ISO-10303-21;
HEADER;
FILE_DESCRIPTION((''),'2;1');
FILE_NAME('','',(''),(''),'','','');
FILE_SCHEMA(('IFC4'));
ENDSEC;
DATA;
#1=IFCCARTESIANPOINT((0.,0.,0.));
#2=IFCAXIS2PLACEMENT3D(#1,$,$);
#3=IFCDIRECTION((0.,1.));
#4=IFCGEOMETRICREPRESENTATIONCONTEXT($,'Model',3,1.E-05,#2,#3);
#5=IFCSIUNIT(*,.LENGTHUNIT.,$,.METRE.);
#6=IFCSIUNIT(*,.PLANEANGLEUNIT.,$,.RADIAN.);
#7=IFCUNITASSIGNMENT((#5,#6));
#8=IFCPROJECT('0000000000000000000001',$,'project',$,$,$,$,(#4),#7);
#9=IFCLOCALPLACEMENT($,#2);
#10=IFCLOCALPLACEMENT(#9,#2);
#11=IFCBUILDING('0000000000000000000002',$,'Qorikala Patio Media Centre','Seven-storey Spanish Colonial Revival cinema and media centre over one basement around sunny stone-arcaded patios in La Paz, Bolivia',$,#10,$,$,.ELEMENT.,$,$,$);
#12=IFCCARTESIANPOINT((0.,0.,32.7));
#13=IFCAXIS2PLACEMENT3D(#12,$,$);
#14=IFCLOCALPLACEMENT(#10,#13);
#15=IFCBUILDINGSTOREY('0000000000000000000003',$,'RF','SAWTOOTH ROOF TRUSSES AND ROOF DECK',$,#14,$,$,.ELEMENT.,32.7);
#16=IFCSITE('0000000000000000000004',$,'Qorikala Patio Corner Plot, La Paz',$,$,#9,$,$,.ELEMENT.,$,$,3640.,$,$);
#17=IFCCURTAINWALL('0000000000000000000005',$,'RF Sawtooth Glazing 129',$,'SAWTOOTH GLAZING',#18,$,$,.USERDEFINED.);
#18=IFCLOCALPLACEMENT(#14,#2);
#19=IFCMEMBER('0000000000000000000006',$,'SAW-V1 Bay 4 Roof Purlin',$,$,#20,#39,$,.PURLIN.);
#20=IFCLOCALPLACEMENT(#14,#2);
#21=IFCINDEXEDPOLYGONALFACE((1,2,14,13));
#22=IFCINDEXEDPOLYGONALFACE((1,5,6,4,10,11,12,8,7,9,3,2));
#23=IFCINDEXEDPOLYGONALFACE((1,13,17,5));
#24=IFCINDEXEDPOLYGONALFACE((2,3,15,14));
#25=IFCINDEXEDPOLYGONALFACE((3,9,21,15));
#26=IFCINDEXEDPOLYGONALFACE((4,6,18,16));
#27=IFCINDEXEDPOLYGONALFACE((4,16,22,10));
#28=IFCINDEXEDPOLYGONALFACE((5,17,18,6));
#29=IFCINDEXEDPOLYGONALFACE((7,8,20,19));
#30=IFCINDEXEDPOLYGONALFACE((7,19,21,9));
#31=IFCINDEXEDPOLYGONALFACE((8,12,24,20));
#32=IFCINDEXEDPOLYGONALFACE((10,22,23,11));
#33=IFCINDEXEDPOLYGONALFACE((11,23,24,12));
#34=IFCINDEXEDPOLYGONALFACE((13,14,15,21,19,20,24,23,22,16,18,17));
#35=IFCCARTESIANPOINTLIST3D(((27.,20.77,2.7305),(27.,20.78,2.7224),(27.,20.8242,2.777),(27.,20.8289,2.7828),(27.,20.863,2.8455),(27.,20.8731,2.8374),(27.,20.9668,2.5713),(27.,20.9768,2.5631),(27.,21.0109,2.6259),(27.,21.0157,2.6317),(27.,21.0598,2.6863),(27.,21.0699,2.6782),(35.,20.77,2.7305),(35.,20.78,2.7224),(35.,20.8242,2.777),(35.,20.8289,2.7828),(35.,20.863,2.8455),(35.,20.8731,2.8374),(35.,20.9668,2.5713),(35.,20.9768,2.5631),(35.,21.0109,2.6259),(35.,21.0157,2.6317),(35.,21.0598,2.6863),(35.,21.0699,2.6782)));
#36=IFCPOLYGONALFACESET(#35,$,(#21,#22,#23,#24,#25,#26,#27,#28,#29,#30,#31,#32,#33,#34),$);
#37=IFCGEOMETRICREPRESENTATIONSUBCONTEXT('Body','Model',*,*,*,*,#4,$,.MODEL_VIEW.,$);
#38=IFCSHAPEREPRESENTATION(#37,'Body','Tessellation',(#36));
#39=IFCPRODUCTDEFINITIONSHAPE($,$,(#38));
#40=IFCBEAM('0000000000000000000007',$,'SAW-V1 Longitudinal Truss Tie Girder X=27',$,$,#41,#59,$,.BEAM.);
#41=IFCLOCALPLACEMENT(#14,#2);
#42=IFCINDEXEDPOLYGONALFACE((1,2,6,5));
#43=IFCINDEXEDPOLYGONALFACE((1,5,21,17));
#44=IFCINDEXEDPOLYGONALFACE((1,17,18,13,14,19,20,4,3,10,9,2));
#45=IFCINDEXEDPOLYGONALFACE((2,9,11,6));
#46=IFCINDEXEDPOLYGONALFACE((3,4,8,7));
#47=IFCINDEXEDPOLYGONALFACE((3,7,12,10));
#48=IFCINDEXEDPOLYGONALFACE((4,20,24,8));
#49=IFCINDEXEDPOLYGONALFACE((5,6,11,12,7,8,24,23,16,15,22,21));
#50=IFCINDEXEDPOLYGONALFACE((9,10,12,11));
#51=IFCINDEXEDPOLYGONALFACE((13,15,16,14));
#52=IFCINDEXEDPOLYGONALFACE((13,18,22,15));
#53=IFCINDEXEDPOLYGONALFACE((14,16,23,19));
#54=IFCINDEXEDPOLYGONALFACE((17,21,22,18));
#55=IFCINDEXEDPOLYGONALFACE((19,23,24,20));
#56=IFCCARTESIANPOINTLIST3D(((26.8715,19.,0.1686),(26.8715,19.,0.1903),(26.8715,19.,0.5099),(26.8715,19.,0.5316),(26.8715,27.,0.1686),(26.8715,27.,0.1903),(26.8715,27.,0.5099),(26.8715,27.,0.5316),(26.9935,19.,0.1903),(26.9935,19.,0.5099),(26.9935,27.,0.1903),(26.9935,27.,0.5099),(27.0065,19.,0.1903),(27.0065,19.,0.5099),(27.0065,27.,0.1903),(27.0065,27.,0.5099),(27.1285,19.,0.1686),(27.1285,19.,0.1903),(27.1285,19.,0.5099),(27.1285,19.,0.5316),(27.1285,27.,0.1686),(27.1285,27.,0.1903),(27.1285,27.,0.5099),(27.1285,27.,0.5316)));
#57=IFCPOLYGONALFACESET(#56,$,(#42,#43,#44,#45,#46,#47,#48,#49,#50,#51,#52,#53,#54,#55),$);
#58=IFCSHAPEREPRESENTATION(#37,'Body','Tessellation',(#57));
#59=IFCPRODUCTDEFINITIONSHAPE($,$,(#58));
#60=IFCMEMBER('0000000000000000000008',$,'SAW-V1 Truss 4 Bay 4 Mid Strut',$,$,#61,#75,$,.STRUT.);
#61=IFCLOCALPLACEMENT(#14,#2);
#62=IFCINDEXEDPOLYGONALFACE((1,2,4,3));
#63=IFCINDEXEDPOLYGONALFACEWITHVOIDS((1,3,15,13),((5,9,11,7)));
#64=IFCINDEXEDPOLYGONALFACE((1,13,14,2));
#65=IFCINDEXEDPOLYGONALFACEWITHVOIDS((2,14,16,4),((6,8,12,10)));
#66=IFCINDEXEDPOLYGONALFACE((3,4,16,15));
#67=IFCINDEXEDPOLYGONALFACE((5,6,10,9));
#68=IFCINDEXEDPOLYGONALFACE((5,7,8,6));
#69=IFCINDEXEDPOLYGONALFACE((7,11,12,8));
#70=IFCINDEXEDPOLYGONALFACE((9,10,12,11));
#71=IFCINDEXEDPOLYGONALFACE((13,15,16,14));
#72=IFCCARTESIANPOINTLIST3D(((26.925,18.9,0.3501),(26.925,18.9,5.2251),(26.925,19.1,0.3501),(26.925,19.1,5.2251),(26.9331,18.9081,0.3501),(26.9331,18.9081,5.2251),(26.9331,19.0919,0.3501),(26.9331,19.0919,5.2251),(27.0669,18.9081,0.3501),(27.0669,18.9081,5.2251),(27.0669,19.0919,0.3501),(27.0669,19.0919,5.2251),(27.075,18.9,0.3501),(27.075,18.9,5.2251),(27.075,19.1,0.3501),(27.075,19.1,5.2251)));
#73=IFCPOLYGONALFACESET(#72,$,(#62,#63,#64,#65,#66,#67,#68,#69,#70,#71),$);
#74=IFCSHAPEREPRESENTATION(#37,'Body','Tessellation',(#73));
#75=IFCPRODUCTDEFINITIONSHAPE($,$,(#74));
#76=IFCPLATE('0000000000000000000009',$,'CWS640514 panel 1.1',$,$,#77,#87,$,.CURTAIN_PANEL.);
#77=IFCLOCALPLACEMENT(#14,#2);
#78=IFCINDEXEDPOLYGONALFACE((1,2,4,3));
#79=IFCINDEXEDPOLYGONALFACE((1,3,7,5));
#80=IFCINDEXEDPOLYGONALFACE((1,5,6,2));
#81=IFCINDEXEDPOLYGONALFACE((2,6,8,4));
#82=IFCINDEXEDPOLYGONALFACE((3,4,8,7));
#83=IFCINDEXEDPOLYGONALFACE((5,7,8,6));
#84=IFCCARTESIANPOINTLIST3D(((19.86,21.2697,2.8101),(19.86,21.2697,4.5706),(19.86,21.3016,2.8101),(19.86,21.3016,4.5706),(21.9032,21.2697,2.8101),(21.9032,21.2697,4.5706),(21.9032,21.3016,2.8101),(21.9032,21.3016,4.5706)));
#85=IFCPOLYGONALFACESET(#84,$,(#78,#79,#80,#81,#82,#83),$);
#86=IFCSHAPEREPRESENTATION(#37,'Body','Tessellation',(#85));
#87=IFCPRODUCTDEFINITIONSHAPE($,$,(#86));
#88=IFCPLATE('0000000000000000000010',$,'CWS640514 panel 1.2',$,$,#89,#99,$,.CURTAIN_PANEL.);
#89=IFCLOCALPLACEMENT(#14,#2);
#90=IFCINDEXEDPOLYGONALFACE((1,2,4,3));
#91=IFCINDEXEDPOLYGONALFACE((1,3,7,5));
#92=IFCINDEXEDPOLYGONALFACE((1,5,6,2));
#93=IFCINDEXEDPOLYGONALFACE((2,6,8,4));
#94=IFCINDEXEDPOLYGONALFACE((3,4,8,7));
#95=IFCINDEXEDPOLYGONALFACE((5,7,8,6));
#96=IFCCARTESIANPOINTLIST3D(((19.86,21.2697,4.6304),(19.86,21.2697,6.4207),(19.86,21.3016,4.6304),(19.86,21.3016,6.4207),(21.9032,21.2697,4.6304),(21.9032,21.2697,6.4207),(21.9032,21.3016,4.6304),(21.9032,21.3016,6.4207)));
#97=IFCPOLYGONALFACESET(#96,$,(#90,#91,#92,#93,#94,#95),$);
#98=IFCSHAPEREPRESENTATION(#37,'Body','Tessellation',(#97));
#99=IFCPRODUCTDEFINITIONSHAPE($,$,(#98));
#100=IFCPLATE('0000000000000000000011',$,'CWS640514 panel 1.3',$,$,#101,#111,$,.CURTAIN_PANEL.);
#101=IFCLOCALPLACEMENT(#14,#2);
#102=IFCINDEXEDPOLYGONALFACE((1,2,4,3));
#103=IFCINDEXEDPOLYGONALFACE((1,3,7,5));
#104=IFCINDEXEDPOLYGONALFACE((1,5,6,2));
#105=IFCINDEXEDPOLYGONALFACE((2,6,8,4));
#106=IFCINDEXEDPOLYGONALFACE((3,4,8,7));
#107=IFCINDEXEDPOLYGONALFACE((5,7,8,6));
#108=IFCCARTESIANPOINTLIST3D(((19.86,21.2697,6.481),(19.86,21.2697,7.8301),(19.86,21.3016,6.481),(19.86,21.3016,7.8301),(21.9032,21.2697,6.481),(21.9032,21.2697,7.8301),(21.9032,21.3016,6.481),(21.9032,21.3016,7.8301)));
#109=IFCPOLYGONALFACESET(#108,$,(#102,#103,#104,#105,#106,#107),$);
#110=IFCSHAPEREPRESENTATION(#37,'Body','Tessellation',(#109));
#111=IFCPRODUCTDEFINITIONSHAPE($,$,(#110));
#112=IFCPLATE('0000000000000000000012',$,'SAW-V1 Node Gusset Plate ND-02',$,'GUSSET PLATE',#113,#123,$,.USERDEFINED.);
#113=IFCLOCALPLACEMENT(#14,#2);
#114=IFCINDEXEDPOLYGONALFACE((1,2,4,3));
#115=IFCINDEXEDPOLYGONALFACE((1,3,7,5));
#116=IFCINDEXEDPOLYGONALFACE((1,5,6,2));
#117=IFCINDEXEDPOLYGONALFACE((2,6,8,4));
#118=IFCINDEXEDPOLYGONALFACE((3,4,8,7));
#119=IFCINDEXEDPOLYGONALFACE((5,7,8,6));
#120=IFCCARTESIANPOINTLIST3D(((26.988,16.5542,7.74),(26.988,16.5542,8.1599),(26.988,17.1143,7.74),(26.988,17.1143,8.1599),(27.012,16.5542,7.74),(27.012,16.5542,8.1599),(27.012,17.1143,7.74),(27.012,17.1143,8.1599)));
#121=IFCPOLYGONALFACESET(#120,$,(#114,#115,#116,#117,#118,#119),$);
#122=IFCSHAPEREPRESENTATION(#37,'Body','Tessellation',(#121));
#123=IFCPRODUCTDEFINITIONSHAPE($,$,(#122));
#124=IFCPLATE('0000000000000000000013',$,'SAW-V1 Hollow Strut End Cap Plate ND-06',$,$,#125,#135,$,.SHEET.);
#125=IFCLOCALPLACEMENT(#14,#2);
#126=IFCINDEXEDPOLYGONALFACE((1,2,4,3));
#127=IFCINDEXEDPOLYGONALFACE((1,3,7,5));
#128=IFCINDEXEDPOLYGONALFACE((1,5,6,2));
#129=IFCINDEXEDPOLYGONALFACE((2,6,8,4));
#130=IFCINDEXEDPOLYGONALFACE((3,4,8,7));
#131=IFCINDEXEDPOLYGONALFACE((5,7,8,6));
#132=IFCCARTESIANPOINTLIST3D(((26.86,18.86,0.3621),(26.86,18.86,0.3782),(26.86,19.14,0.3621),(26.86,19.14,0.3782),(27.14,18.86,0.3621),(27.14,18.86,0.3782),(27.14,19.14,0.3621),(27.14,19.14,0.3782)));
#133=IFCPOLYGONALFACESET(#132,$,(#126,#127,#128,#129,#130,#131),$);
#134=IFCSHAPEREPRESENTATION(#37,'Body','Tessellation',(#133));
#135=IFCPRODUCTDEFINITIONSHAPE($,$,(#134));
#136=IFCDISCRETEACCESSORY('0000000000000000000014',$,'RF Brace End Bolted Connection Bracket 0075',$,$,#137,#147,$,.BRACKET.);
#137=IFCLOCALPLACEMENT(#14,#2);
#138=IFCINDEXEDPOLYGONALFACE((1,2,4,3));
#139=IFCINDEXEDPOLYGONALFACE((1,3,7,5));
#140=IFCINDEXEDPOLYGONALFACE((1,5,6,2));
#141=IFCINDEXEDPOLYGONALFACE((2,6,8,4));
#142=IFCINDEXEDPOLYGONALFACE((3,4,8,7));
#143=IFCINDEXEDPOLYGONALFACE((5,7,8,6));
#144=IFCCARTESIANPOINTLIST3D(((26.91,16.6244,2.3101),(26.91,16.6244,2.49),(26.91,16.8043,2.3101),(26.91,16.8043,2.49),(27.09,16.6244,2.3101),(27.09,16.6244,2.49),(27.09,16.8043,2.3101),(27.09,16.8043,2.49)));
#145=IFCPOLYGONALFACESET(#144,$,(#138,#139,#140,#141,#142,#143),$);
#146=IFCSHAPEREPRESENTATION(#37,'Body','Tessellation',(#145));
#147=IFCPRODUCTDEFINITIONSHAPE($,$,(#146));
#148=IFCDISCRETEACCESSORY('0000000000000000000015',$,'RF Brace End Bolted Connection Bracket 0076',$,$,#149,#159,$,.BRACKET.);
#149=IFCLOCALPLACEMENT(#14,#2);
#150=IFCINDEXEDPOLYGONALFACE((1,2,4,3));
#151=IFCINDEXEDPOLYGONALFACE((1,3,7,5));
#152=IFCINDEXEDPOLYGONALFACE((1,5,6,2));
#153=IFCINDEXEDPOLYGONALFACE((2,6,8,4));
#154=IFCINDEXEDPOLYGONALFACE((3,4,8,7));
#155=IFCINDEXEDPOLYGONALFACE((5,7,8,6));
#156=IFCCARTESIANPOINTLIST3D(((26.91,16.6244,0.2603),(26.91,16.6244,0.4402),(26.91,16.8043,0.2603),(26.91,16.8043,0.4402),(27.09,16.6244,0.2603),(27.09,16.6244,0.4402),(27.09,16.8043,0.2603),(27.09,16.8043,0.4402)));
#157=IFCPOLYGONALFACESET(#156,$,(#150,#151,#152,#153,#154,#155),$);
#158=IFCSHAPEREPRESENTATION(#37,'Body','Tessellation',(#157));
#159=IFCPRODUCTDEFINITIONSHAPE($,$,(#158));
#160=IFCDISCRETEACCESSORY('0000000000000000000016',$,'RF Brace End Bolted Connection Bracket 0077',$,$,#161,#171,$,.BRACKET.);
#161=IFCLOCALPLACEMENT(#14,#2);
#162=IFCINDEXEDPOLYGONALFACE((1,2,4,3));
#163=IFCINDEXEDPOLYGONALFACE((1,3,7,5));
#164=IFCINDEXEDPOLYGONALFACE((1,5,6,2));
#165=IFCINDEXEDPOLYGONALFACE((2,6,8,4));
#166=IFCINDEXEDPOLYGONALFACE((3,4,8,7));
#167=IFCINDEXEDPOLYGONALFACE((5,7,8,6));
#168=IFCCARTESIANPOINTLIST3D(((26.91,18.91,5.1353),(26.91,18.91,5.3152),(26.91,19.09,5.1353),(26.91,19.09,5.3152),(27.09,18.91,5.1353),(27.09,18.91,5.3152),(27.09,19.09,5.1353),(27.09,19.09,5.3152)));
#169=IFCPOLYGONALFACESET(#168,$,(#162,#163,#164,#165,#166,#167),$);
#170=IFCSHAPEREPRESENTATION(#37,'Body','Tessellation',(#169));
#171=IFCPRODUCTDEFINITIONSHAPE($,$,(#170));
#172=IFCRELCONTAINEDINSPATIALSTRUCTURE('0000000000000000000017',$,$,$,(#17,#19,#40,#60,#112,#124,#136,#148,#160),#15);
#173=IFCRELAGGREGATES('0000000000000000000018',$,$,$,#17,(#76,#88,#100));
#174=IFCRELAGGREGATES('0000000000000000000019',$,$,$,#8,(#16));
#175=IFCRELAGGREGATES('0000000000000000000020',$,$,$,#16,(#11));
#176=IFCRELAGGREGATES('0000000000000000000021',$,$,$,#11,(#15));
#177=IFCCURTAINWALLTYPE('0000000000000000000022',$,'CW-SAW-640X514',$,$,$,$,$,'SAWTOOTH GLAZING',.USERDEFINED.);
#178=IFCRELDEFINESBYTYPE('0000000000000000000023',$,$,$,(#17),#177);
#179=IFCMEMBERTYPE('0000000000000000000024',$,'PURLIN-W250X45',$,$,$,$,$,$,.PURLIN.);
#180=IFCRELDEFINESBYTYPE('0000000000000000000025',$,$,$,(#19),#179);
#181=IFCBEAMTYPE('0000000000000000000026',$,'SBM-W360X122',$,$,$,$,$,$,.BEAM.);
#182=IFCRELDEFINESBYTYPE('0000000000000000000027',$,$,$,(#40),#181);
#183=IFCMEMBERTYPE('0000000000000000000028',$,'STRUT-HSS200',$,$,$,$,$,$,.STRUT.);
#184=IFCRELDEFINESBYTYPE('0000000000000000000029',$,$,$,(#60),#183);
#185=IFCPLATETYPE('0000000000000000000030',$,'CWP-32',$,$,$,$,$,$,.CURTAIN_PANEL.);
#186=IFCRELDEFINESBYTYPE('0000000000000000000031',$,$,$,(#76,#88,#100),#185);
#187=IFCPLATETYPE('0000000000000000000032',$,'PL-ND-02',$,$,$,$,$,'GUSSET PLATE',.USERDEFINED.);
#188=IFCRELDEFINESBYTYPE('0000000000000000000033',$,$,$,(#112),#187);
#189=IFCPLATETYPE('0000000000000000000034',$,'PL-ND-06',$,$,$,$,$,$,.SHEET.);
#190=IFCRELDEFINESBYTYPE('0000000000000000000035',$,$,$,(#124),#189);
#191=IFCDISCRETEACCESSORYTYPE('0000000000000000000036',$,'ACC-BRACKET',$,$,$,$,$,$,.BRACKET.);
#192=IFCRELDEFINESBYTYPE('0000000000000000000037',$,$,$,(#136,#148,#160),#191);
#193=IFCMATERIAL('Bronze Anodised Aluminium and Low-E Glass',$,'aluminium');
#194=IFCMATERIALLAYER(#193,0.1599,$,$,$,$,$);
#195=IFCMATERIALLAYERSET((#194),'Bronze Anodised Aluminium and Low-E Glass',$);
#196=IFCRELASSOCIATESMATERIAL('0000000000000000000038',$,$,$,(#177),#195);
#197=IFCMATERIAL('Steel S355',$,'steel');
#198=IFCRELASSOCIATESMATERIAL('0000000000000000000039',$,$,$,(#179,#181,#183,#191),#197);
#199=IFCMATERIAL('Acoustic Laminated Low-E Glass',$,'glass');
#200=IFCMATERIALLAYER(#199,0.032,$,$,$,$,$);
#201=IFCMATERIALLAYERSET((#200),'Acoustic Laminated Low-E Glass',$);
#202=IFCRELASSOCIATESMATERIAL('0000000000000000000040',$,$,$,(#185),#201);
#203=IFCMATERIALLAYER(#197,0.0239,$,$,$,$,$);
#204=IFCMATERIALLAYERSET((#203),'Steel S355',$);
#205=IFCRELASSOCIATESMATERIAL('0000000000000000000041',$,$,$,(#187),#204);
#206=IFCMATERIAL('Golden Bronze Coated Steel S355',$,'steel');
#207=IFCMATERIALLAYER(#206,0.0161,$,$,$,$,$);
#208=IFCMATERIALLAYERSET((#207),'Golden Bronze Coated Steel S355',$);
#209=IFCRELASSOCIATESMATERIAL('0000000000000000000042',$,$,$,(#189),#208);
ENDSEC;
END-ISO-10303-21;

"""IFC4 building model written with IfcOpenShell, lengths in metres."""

from ifc_helpers import new_model, si_unit, direction, frame, origin, origin_2d, place, context, subcontext, project, spatial, rectangle, hollow_rectangle, i_section, extrude, material, layer, layer_set, material_profile, profile_set, type_object, element, aggregate, save


model = new_model("IFC4")

# Units and contexts
model_context = context("Model", 3, precision=1e-05, world=origin(), true_north=direction((0.0, 1.0)))
body_context = subcontext(model_context, "Body", "Model", "MODEL_VIEW")
ifc_project = project(units=[si_unit("LENGTHUNIT", "METRE"), si_unit("PLANEANGLEUNIT", "RADIAN")], contexts=[model_context])

# Site, building, storey
site_placement = place(None, origin())
site = spatial("IfcSite", under=ifc_project, at=site_placement, Name="Qorikala Patio Corner Plot, La Paz", CompositionType="ELEMENT", RefElevation=3640.0)
building_placement = place(site_placement, origin())
building = spatial("IfcBuilding", under=site, at=building_placement, Name="Qorikala Patio Media Centre", Description="Seven-storey Spanish Colonial Revival cinema and media centre over one basement around sunny stone-arcaded patios in La Paz, Bolivia", CompositionType="ELEMENT")
storey_placement = place(building_placement, frame((0.0, 0.0, 32.7)))
storey = spatial("IfcBuildingStorey", under=building, at=storey_placement, Name="RF", Description="SAWTOOTH ROOF TRUSSES AND ROOF DECK", CompositionType="ELEMENT", Elevation=32.7)

# Shared definitions
ifc_material_1 = material(Name="Steel S355", Category="steel")

# Curtain wall
ifc_material_2 = material(Name="Bronze Anodised Aluminium and Low-E Glass", Category="aluminium")
ifc_layer_1 = layer(ifc_material_2, 0.1599)
ifc_layer_set_1 = layer_set([ifc_layer_1], Name="Bronze Anodised Aluminium and Low-E Glass")
curtain_wall_type = type_object("IfcCurtainWallType", Name="CW-SAW-640X514", ElementType="SAWTOOTH GLAZING", PredefinedType="USERDEFINED", material=ifc_layer_set_1)
curtain_wall_placement = place(storey_placement, origin())
curtain_wall = element("IfcCurtainWall", 1, at=curtain_wall_placement, inside=storey, type_object=curtain_wall_type, Name="RF Sawtooth Glazing 129", ObjectType="SAWTOOTH GLAZING", PredefinedType="USERDEFINED")

# Member
ifc_material_profile_1 = material_profile(ifc_material_1, i_section(OverallWidth=0.1479, OverallDepth=0.2661, WebThickness=0.0076, FlangeThickness=0.0129, at=origin_2d()), Name="W250X45")
ifc_profile_set_1 = profile_set([ifc_material_profile_1], Name="Steel S355")
member_type_1 = type_object("IfcMemberType", Name="PURLIN-W250X45", PredefinedType="PURLIN", material=ifc_profile_set_1)
for number, where, z_axis, x_axis, name in (
    (2, (27.0, 20.9199, 2.7043), (1.0, 0.0, 0.0), (0.0, 0.628995, 0.77741), "SAW-V1 Bay 4 Roof Purlin"),
):
    element("IfcMember", number, at=place(storey_placement, frame(where, z_axis=z_axis, x_axis=x_axis)), inside=storey, type_object=member_type_1, Name=name, PredefinedType="PURLIN", context=body_context, shape_type="SweptSolid", body=[
        extrude(i_section(OverallWidth=0.1479, OverallDepth=0.2661, WebThickness=0.0076, FlangeThickness=0.0129, at=origin_2d()), origin(), (0.0, 0.0, 1.0), 8.0),
    ])

# Beam
ifc_material_profile_2 = material_profile(ifc_material_1, i_section(OverallWidth=0.2571, OverallDepth=0.363, WebThickness=0.0129, FlangeThickness=0.0217, at=origin_2d()), Name="W360X122")
ifc_profile_set_2 = profile_set([ifc_material_profile_2], Name="Steel S355")
beam_type = type_object("IfcBeamType", Name="SBM-W360X122", PredefinedType="BEAM", material=ifc_profile_set_2)
beam_placement = place(storey_placement, frame((27.0, 19.0, 0.3501), z_axis=(0.0, 1.0, 0.0), x_axis=(-1.0, 0.0, 0.0)))
element("IfcBeam", 3, at=beam_placement, inside=storey, type_object=beam_type, Name="SAW-V1 Longitudinal Truss Tie Girder X=27", PredefinedType="BEAM", context=body_context, shape_type="SweptSolid", body=[
    extrude(i_section(OverallWidth=0.2571, OverallDepth=0.363, WebThickness=0.0129, FlangeThickness=0.0217, at=origin_2d()), origin(), (0.0, 0.0, 1.0), 8.0),
])

# Member
ifc_material_profile_3 = material_profile(ifc_material_1, hollow_rectangle(XDim=0.1499, YDim=0.2, WallThickness=0.0081, at=origin_2d()), Name="HSS200X150X8")
ifc_profile_set_3 = profile_set([ifc_material_profile_3], Name="Steel S355")
member_type_2 = type_object("IfcMemberType", Name="STRUT-HSS200", PredefinedType="STRUT", material=ifc_profile_set_3)
member_1_placement = place(storey_placement, frame((27.0, 19.0, 0.3501), z_axis=(0.0, 0.0, 1.0), x_axis=(1.0, 0.0, 0.0)))
element("IfcMember", 4, at=member_1_placement, inside=storey, type_object=member_type_2, Name="SAW-V1 Truss 4 Bay 4 Mid Strut", PredefinedType="STRUT", context=body_context, shape_type="SweptSolid", body=[
    extrude(hollow_rectangle(XDim=0.1499, YDim=0.2, WallThickness=0.0081, at=origin_2d()), origin(), (0.0, 0.0, 1.0), 4.875),
])

# Plates
ifc_material_3 = material(Name="Acoustic Laminated Low-E Glass", Category="glass")
ifc_layer_2 = layer(ifc_material_3, 0.032)
ifc_layer_set_2 = layer_set([ifc_layer_2], Name="Acoustic Laminated Low-E Glass")
plate_type_1 = type_object("IfcPlateType", Name="CWP-32", PredefinedType="CURTAIN_PANEL", material=ifc_layer_set_2)
plate_1_placement = place(storey_placement, frame((20.8816, 21.2856, 2.8101), z_axis=(0.0, 0.0, 1.0), x_axis=(1.0, 0.0, 0.0)))
plate_1 = element("IfcPlate", 5, at=plate_1_placement, type_object=plate_type_1, Name="CWS640514 panel 1.1", PredefinedType="CURTAIN_PANEL", context=body_context, shape_type="SweptSolid", body=[
    extrude(rectangle(XDim=2.0432, YDim=0.032, at=origin_2d()), origin(), (0.0, 0.0, 1.0), 1.7605),
])
plate_2_placement = place(storey_placement, frame((20.8816, 21.2856, 4.6304), z_axis=(0.0, 0.0, 1.0), x_axis=(1.0, 0.0, 0.0)))
plate_2 = element("IfcPlate", 6, at=plate_2_placement, type_object=plate_type_1, Name="CWS640514 panel 1.2", PredefinedType="CURTAIN_PANEL", context=body_context, shape_type="SweptSolid", body=[
    extrude(rectangle(XDim=2.0432, YDim=0.032, at=origin_2d()), origin(), (0.0, 0.0, 1.0), 1.7903),
])
plate_3_placement = place(storey_placement, frame((20.8816, 21.2856, 6.481), z_axis=(0.0, 0.0, 1.0), x_axis=(1.0, 0.0, 0.0)))
plate_3 = element("IfcPlate", 7, at=plate_3_placement, type_object=plate_type_1, Name="CWS640514 panel 1.3", PredefinedType="CURTAIN_PANEL", context=body_context, shape_type="SweptSolid", body=[
    extrude(rectangle(XDim=2.0432, YDim=0.032, at=origin_2d()), origin(), (0.0, 0.0, 1.0), 1.3491),
])
aggregate(curtain_wall, [plate_1, plate_2, plate_3])

# Plates
ifc_layer_3 = layer(ifc_material_1, 0.0239)
ifc_layer_set_3 = layer_set([ifc_layer_3], Name="Steel S355")
plate_type_2 = type_object("IfcPlateType", Name="PL-ND-02", ElementType="GUSSET PLATE", PredefinedType="USERDEFINED", material=ifc_layer_set_3)
plate_4_placement = place(storey_placement, frame((27.0, 16.8342, 7.74), z_axis=(0.0, 0.0, 1.0), x_axis=(1.0, 0.0, 0.0)))
element("IfcPlate", 8, at=plate_4_placement, inside=storey, type_object=plate_type_2, Name="SAW-V1 Node Gusset Plate ND-02", ObjectType="GUSSET PLATE", PredefinedType="USERDEFINED", context=body_context, shape_type="SweptSolid", body=[
    extrude(rectangle(XDim=0.0239, YDim=0.5601, at=origin_2d()), origin(), (0.0, 0.0, 1.0), 0.4199),
])
ifc_material_4 = material(Name="Golden Bronze Coated Steel S355", Category="steel")
ifc_layer_4 = layer(ifc_material_4, 0.0161)
ifc_layer_set_4 = layer_set([ifc_layer_4], Name="Golden Bronze Coated Steel S355")
plate_type_3 = type_object("IfcPlateType", Name="PL-ND-06", PredefinedType="SHEET", material=ifc_layer_set_4)
plate_5_placement = place(storey_placement, frame((27.0, 19.0, 0.3621), z_axis=(0.0, 0.0, 1.0), x_axis=(1.0, 0.0, 0.0)))
element("IfcPlate", 9, at=plate_5_placement, inside=storey, type_object=plate_type_3, Name="SAW-V1 Hollow Strut End Cap Plate ND-06", PredefinedType="SHEET", context=body_context, shape_type="SweptSolid", body=[
    extrude(rectangle(XDim=0.28, YDim=0.28, at=origin_2d()), origin(), (0.0, 0.0, 1.0), 0.0161),
])

# Discrete accessories
discrete_accessory_type = type_object("IfcDiscreteAccessoryType", Name="ACC-BRACKET", PredefinedType="BRACKET", material=ifc_material_1)
for number, where, z_axis, x_axis, name in (
    (10, (27.0, 16.7144, 2.3101), (0.0, 0.0, 1.0), (1.0, 0.0, 0.0), "RF Brace End Bolted Connection Bracket 0075"),
    (11, (27.0, 16.7144, 0.2603), (0.0, 0.0, 1.0), (1.0, 0.0, 0.0), "RF Brace End Bolted Connection Bracket 0076"),
    (12, (27.0, 19.0, 5.1353), (0.0, 0.0, 1.0), (1.0, 0.0, 0.0), "RF Brace End Bolted Connection Bracket 0077"),
):
    element("IfcDiscreteAccessory", number, at=place(storey_placement, frame(where, z_axis=z_axis, x_axis=x_axis)), inside=storey, type_object=discrete_accessory_type, Name=name, PredefinedType="BRACKET", context=body_context, shape_type="SweptSolid", body=[
        extrude(rectangle(XDim=0.1799, YDim=0.1799, at=origin_2d()), origin(), (0.0, 0.0, 1.0), 0.1799),
    ])

save(model, "model.ifc")
